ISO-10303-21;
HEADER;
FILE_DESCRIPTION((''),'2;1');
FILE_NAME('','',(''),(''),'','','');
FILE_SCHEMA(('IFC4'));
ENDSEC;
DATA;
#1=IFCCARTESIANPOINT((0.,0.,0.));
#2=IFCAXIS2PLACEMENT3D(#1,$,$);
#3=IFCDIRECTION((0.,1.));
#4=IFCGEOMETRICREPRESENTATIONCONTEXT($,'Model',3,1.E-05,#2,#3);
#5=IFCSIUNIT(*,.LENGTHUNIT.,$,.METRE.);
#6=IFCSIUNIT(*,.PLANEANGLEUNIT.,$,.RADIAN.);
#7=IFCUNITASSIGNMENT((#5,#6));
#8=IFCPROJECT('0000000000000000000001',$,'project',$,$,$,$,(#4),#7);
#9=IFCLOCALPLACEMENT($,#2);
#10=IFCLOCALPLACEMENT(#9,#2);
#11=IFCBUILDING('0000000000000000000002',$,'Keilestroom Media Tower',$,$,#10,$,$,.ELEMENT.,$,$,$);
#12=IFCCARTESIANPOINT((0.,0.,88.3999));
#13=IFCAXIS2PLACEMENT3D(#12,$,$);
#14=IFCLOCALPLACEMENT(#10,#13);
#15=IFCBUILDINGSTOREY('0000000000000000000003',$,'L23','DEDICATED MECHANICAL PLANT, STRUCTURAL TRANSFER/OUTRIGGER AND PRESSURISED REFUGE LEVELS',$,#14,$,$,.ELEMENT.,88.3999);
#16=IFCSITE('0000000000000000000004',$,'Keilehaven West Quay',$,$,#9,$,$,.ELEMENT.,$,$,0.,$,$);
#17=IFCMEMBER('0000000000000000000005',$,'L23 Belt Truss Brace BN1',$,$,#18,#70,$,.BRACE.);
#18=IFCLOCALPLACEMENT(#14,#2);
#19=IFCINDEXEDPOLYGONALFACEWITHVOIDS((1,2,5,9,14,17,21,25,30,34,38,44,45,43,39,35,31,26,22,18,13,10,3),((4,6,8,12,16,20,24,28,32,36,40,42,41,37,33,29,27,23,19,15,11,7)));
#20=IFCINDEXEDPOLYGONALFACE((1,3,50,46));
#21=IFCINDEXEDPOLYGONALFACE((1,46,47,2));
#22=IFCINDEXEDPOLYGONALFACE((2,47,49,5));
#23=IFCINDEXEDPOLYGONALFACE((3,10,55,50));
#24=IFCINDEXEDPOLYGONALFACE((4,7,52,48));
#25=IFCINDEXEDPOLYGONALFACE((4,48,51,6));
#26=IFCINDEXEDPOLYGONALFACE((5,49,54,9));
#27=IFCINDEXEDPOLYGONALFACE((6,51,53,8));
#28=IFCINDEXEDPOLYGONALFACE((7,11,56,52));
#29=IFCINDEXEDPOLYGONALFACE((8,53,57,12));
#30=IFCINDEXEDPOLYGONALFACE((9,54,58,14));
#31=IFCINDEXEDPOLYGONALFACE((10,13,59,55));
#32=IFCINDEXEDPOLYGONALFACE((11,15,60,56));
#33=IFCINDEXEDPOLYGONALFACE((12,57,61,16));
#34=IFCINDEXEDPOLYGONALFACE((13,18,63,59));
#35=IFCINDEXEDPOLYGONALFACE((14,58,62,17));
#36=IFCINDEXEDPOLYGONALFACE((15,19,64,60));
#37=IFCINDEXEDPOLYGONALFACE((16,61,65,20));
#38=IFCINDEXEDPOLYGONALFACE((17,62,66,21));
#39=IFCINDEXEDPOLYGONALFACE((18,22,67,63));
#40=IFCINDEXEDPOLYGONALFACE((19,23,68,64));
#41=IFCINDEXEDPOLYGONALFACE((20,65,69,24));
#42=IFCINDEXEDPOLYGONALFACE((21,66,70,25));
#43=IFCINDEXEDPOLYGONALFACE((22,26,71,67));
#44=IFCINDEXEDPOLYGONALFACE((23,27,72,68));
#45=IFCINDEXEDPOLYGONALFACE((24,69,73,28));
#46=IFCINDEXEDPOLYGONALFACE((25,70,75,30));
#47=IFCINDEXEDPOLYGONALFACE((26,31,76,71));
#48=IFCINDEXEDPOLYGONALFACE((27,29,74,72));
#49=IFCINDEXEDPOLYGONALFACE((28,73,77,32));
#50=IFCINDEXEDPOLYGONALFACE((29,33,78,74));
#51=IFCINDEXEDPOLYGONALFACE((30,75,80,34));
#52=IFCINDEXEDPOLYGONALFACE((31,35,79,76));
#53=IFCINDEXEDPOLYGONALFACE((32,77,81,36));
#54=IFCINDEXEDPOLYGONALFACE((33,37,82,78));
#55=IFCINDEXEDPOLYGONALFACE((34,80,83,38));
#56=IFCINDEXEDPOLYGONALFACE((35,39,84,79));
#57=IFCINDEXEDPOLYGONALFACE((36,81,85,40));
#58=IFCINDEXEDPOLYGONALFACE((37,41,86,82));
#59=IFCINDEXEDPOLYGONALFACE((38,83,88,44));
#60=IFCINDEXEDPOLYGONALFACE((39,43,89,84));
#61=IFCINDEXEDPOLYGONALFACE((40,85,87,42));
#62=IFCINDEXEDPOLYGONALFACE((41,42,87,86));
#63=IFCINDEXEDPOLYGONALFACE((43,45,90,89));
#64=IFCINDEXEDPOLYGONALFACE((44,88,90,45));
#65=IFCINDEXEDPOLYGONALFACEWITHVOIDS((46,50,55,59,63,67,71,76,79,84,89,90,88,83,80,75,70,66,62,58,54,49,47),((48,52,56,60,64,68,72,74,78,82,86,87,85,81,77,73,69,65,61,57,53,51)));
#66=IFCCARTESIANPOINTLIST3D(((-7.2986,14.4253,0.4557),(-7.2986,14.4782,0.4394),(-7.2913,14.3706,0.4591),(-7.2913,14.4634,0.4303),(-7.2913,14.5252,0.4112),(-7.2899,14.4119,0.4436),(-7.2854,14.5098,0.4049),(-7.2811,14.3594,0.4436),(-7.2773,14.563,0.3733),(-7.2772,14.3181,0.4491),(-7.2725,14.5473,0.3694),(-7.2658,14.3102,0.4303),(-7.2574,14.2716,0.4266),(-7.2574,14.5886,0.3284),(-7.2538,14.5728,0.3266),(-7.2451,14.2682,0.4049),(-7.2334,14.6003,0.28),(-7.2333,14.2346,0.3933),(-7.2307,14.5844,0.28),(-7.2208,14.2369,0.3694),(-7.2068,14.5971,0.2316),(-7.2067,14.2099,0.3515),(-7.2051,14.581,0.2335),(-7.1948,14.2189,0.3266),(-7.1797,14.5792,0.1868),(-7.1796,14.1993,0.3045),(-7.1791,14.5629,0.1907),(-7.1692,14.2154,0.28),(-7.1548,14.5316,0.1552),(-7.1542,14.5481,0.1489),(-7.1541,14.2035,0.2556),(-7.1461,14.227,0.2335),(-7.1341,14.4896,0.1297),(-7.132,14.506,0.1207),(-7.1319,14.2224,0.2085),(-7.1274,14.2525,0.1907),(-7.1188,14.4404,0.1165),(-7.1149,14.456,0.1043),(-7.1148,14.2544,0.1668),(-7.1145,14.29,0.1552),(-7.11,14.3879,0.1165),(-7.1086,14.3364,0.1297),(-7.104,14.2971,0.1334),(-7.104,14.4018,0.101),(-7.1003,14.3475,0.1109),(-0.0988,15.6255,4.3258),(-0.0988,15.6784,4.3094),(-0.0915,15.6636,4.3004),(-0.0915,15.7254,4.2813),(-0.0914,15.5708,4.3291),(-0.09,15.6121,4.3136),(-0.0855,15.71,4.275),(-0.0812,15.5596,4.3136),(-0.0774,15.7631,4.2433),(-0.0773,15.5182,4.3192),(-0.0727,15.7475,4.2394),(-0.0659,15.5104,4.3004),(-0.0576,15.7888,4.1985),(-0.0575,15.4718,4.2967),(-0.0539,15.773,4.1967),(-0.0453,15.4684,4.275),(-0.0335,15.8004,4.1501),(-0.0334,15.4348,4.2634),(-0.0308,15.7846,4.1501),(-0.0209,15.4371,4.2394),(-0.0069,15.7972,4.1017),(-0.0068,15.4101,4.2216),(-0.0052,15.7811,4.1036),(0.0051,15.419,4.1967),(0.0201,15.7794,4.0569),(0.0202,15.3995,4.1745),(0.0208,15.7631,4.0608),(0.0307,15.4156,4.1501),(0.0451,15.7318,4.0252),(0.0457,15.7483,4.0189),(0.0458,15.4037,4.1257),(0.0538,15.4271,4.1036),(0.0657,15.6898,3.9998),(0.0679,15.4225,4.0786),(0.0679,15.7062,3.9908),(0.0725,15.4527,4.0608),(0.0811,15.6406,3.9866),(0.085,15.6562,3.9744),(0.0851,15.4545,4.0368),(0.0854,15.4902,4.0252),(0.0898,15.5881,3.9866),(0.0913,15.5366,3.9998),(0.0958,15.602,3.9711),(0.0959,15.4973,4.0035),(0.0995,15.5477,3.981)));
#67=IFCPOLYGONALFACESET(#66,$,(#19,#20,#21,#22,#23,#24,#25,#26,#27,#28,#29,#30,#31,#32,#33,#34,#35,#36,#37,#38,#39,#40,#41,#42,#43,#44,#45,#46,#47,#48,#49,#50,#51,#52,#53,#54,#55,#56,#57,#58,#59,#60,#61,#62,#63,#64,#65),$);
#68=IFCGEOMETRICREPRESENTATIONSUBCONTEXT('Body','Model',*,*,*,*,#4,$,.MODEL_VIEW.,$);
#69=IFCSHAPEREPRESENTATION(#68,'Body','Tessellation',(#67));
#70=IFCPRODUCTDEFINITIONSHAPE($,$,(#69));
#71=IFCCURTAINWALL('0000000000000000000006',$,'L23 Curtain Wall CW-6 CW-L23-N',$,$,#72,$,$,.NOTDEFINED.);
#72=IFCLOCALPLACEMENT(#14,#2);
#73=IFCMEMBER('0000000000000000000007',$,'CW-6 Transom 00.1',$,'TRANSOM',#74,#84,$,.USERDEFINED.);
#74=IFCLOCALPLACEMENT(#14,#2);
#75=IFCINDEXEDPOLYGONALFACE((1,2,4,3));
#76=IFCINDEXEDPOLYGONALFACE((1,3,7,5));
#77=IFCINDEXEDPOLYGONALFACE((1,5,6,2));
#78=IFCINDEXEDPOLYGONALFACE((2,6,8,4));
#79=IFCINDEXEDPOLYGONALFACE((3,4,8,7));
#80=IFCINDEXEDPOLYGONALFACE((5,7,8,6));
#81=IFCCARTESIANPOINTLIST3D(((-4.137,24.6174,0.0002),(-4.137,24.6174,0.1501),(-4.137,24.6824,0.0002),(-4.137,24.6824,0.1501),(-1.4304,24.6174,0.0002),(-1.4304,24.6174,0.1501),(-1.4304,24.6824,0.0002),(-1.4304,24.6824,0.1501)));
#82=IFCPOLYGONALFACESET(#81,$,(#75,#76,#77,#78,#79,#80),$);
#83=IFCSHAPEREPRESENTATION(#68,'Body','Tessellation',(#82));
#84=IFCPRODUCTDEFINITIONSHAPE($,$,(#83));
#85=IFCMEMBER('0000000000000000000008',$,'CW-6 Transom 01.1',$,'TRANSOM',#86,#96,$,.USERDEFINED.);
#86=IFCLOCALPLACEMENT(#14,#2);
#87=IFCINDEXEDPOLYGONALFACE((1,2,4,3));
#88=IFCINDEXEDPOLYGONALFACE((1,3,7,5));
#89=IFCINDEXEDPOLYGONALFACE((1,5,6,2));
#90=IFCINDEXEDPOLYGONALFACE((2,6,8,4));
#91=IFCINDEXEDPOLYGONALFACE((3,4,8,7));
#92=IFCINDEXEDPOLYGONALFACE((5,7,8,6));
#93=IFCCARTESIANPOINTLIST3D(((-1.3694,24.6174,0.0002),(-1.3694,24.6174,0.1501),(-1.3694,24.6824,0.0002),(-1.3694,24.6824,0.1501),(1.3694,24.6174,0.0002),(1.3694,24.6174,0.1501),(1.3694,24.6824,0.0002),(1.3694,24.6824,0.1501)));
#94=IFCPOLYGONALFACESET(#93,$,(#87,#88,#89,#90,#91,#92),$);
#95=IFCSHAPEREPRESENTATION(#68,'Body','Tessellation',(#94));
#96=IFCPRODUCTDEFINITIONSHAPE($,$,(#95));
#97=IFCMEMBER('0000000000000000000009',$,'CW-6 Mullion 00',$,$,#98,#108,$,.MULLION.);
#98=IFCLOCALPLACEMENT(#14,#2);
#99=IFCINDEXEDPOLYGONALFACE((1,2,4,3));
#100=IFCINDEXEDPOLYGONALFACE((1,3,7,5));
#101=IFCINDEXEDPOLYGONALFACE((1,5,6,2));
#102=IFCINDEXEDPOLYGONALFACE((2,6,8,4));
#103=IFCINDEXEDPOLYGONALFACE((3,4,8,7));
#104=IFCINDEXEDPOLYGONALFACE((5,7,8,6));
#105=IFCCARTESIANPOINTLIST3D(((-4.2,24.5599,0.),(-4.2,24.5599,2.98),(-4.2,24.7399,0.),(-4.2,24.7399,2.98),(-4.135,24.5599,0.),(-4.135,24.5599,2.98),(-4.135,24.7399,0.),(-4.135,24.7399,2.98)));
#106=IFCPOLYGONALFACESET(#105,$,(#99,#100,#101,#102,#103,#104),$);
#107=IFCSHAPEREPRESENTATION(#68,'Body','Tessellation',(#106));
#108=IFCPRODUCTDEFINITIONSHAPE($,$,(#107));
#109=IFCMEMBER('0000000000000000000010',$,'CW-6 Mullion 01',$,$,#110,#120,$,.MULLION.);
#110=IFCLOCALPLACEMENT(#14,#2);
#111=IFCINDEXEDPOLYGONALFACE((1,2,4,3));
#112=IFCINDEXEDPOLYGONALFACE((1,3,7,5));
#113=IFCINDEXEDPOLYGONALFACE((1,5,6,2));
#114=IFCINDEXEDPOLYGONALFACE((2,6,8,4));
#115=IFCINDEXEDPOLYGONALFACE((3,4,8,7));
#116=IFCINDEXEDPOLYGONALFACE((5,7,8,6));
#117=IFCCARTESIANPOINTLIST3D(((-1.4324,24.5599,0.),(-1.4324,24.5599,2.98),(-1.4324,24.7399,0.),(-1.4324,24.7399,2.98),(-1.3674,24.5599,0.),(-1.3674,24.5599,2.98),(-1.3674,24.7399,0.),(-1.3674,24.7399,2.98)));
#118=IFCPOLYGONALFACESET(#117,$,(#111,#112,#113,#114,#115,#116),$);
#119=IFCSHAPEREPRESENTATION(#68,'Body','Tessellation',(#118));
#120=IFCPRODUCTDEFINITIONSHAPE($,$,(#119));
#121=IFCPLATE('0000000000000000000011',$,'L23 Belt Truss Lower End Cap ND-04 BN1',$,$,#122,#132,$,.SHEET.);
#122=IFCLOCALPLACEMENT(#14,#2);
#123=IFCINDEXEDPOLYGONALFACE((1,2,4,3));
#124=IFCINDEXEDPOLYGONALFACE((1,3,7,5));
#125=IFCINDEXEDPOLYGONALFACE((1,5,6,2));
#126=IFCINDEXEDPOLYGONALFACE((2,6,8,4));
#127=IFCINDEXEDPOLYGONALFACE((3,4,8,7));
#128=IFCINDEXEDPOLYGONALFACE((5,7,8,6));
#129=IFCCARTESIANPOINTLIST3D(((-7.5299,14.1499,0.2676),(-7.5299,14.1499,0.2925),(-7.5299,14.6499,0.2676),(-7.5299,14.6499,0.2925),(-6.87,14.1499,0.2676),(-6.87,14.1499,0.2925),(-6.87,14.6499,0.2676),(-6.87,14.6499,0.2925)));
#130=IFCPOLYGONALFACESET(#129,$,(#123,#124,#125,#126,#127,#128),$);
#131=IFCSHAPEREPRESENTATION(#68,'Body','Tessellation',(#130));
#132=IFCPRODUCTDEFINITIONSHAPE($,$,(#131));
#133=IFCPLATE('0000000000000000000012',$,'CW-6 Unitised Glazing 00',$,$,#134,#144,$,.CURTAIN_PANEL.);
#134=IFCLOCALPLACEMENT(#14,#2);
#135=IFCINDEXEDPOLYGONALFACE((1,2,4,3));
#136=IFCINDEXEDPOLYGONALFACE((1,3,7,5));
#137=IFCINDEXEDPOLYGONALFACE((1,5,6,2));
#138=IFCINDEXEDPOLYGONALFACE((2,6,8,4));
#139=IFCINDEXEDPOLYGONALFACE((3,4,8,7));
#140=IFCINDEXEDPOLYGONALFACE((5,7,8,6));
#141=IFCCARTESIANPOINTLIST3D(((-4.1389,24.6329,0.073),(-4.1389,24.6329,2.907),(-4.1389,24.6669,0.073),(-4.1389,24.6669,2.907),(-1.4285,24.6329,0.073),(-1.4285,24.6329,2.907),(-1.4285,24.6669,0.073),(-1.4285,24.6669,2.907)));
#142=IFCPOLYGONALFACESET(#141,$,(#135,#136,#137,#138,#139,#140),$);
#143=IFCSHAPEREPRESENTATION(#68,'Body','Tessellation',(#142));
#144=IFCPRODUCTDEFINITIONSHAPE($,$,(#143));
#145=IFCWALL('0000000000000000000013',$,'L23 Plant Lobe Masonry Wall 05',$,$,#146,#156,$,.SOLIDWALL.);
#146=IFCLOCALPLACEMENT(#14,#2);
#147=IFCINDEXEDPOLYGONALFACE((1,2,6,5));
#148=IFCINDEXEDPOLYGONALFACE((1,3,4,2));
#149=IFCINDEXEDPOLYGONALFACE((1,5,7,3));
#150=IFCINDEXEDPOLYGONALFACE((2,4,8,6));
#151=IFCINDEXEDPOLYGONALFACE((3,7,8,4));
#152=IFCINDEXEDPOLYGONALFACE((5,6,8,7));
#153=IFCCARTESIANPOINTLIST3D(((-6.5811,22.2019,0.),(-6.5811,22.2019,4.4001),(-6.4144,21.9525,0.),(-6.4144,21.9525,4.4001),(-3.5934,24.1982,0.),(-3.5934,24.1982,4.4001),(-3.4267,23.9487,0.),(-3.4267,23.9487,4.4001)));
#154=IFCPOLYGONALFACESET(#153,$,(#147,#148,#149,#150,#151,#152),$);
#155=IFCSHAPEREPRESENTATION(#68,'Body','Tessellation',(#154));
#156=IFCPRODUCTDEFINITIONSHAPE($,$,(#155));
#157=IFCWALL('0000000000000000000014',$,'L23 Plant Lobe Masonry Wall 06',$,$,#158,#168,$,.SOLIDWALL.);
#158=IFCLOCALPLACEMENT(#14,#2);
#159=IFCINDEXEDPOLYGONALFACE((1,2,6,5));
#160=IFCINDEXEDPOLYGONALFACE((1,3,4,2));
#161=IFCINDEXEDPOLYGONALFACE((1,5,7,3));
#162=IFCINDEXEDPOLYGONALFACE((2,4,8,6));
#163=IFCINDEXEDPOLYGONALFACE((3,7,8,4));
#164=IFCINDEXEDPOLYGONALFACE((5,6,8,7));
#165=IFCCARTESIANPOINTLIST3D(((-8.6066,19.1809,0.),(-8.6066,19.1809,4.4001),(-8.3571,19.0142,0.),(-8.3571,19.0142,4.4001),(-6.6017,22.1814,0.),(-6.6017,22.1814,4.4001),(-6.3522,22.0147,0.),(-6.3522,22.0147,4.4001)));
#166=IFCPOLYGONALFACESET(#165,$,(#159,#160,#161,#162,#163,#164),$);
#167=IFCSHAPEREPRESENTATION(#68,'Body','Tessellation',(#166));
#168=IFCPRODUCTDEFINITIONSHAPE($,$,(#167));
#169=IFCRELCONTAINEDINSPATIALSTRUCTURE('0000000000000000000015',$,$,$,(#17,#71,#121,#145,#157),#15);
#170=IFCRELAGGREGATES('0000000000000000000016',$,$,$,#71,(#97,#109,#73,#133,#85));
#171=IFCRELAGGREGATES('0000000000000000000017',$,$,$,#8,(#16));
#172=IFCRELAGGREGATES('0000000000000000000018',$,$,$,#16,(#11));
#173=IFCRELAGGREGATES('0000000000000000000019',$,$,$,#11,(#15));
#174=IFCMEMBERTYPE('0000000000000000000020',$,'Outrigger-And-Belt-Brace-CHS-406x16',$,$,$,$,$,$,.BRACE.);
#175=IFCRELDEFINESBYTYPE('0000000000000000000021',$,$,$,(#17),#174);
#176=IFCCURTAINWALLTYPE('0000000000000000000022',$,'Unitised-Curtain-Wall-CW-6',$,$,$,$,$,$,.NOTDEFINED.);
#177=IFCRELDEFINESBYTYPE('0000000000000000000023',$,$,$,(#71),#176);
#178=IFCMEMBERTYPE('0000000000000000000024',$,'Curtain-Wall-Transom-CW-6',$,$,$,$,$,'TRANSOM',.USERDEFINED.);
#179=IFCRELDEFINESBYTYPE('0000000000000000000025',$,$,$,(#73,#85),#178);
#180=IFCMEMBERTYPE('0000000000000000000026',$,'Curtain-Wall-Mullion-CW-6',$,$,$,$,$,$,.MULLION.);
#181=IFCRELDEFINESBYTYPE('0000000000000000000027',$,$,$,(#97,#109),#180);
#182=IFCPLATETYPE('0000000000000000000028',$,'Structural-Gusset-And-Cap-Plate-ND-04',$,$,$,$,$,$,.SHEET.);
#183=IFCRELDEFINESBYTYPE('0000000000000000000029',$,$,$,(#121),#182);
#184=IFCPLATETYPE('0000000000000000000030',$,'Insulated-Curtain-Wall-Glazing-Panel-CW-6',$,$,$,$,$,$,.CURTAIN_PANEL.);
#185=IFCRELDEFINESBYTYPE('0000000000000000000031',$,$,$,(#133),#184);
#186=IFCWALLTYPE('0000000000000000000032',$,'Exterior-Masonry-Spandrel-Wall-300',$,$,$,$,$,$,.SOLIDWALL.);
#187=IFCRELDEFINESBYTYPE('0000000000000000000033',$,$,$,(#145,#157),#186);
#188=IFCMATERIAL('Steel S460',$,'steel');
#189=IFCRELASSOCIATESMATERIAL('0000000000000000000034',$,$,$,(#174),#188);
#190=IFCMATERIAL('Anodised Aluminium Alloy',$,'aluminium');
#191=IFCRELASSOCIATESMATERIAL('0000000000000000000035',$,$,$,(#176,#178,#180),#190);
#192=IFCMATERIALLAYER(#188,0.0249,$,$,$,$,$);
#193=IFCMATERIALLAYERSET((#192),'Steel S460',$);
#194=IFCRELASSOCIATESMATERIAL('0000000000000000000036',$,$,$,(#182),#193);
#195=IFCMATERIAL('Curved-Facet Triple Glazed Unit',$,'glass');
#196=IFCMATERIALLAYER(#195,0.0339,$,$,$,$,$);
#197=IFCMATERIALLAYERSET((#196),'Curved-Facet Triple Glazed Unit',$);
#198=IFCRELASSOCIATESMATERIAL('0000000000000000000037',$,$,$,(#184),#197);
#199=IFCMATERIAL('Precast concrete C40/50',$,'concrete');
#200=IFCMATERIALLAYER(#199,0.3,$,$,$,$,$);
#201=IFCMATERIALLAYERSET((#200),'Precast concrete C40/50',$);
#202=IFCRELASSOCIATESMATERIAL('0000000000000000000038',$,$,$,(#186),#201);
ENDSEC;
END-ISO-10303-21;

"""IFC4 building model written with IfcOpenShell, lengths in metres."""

from ifc_helpers import new_model, si_unit, direction, frame, frame_2d, origin, origin_2d, place, context, subcontext, project, spatial, rectangle, hollow_circle, extrude, source, transform, mapped, material, layer, layer_set, material_profile, profile_set, type_object, element, aggregate, save


model = new_model("IFC4")

# Units and contexts
model_context = context("Model", 3, precision=1e-05, world=origin(), true_north=direction((0.0, 1.0)))
body_context = subcontext(model_context, "Body", "Model", "MODEL_VIEW")
ifc_project = project(units=[si_unit("LENGTHUNIT", "METRE"), si_unit("PLANEANGLEUNIT", "RADIAN")], contexts=[model_context])

# Site, building, storey
site_placement = place(None, origin())
site = spatial("IfcSite", under=ifc_project, at=site_placement, Name="Keilehaven West Quay", CompositionType="ELEMENT", RefElevation=0.0)
building_placement = place(site_placement, origin())
building = spatial("IfcBuilding", under=site, at=building_placement, Name="Keilestroom Media Tower", CompositionType="ELEMENT")
storey_placement = place(building_placement, frame((0.0, 0.0, 88.3999)))
storey = spatial("IfcBuildingStorey", under=building, at=storey_placement, Name="L23", Description="DEDICATED MECHANICAL PLANT, STRUCTURAL TRANSFER/OUTRIGGER AND PRESSURISED REFUGE LEVELS", CompositionType="ELEMENT", Elevation=88.3999)

# Shared definitions
ifc_material_1 = material(Name="Steel S460", Category="steel")

# Member
ifc_material_profile_1 = material_profile(ifc_material_1, hollow_circle(Radius=0.2031, WallThickness=0.0161, at=origin_2d()), Name="CHS 406.4x16")
ifc_profile_set_1 = profile_set([ifc_material_profile_1], Name="Steel S460")
member_type_1 = type_object("IfcMemberType", Name="Outrigger-And-Belt-Brace-CHS-406x16", PredefinedType="BRACE", material=ifc_profile_set_1)
shared_shape_1 = source(origin(), body_context, "Body", "SweptSolid", [
    extrude(hollow_circle(Radius=0.2031, WallThickness=0.0161, at=origin_2d()), origin(), (0.0, 0.0, 1.0), 8.2617),
])
member_1_placement = place(storey_placement, frame((-7.2, 14.3999, 0.28), z_axis=(0.871473, 0.14527, 0.468434), x_axis=(-0.164426, 0.986389, 0.0)))
element("IfcMember", 1, at=member_1_placement, inside=storey, type_object=member_type_1, Name="L23 Belt Truss Brace BN1", PredefinedType="BRACE", context=body_context, shape_type="MappedRepresentation", body=[
    mapped(shared_shape_1, transform((0.0, 0.0, 0.0), x_axis=(1.0, 0.0, 0.0), y_axis=(0.0, 1.0, 0.0), z_axis=(0.0, 0.0, 1.0), scale=1.0)),
])

# Curtain wall, members
ifc_material_2 = material(Name="Anodised Aluminium Alloy", Category="aluminium")
curtain_wall_type = type_object("IfcCurtainWallType", Name="Unitised-Curtain-Wall-CW-6", PredefinedType="NOTDEFINED", material=ifc_material_2)
curtain_wall_placement = place(storey_placement, origin())
curtain_wall = element("IfcCurtainWall", 2, at=curtain_wall_placement, inside=storey, type_object=curtain_wall_type, Name="L23 Curtain Wall CW-6 CW-L23-N", PredefinedType="NOTDEFINED")
ifc_material_profile_2 = material_profile(ifc_material_2, rectangle(XDim=0.0649, YDim=0.1499, at=origin_2d()), Name="ALU TRANSOM 65x150")
ifc_profile_set_2 = profile_set([ifc_material_profile_2], Name="Anodised Aluminium Alloy")
member_type_2 = type_object("IfcMemberType", Name="Curtain-Wall-Transom-CW-6", ElementType="TRANSOM", PredefinedType="USERDEFINED", material=ifc_profile_set_2)
shared_shape_2 = source(origin(), body_context, "Body", "SweptSolid", [
    extrude(rectangle(XDim=0.0649, YDim=0.1499, at=origin_2d()), origin(), (0.0, 0.0, 1.0), 2.7065),
])
member_2_placement = place(storey_placement, frame((-4.137, 24.6499, 0.0752), z_axis=(1.0, 0.0, 0.0), x_axis=(0.0, 1.0, 0.0)))
member_2 = element("IfcMember", 3, at=member_2_placement, type_object=member_type_2, Name="CW-6 Transom 00.1", ObjectType="TRANSOM", PredefinedType="USERDEFINED", context=body_context, shape_type="MappedRepresentation", body=[
    mapped(shared_shape_2, transform((0.0, 0.0, 0.0), x_axis=(1.0, 0.0, 0.0), y_axis=(0.0, 1.0, 0.0), z_axis=(0.0, 0.0, 1.0), scale=1.0)),
])
shared_shape_3 = source(origin(), body_context, "Body", "SweptSolid", [
    extrude(rectangle(XDim=0.0649, YDim=0.1499, at=origin_2d()), origin(), (0.0, 0.0, 1.0), 2.7388),
])
member_3_placement = place(storey_placement, frame((-1.3694, 24.6499, 0.0752), z_axis=(1.0, 0.0, 0.0), x_axis=(0.0, 1.0, 0.0)))
member_3 = element("IfcMember", 4, at=member_3_placement, type_object=member_type_2, Name="CW-6 Transom 01.1", ObjectType="TRANSOM", PredefinedType="USERDEFINED", context=body_context, shape_type="MappedRepresentation", body=[
    mapped(shared_shape_3, transform((0.0, 0.0, 0.0), x_axis=(1.0, 0.0, 0.0), y_axis=(0.0, 1.0, 0.0), z_axis=(0.0, 0.0, 1.0), scale=1.0)),
])
ifc_material_profile_3 = material_profile(ifc_material_2, rectangle(XDim=0.0649, YDim=0.1799, at=origin_2d()), Name="ALU MULLION 65x180")
ifc_profile_set_3 = profile_set([ifc_material_profile_3], Name="Anodised Aluminium Alloy")
member_type_3 = type_object("IfcMemberType", Name="Curtain-Wall-Mullion-CW-6", PredefinedType="MULLION", material=ifc_profile_set_3)
shared_shape_4 = source(origin(), body_context, "Body", "SweptSolid", [
    extrude(rectangle(XDim=0.0649, YDim=0.1799, at=origin_2d()), origin(), (0.0, 0.0, 1.0), 2.98),
])
member_4_placement = place(storey_placement, frame((-4.1675, 24.6499, 0.0), z_axis=(0.0, 0.0, 1.0), x_axis=(1.0, 0.0, 0.0)))
member_4 = element("IfcMember", 5, at=member_4_placement, type_object=member_type_3, Name="CW-6 Mullion 00", PredefinedType="MULLION", context=body_context, shape_type="MappedRepresentation", body=[
    mapped(shared_shape_4, transform((0.0, 0.0, 0.0), x_axis=(1.0, 0.0, 0.0), y_axis=(0.0, 1.0, 0.0), z_axis=(0.0, 0.0, 1.0), scale=1.0)),
])
member_5_placement = place(storey_placement, frame((-1.3999, 24.6499, 0.0), z_axis=(0.0, 0.0, 1.0), x_axis=(1.0, 0.0, 0.0)))
member_5 = element("IfcMember", 6, at=member_5_placement, type_object=member_type_3, Name="CW-6 Mullion 01", PredefinedType="MULLION", context=body_context, shape_type="MappedRepresentation", body=[
    mapped(shared_shape_4, transform((0.0, 0.0, 0.0), x_axis=(1.0, 0.0, 0.0), y_axis=(0.0, 1.0, 0.0), z_axis=(0.0, 0.0, 1.0), scale=1.0)),
])

# Plates
ifc_layer_1 = layer(ifc_material_1, 0.0249)
ifc_layer_set_1 = layer_set([ifc_layer_1], Name="Steel S460")
plate_type_1 = type_object("IfcPlateType", Name="Structural-Gusset-And-Cap-Plate-ND-04", PredefinedType="SHEET", material=ifc_layer_set_1)
shared_shape_5 = source(origin(), body_context, "Body", "SweptSolid", [
    extrude(rectangle(XDim=0.6599, YDim=0.5, at=origin_2d()), origin(), (0.0, 0.0, 1.0), 0.0249),
])
plate_1_placement = place(storey_placement, frame((-7.2, 14.3999, 0.2676), z_axis=(0.0, 0.0, 1.0), x_axis=(1.0, 0.0, 0.0)))
element("IfcPlate", 7, at=plate_1_placement, inside=storey, type_object=plate_type_1, Name="L23 Belt Truss Lower End Cap ND-04 BN1", PredefinedType="SHEET", context=body_context, shape_type="MappedRepresentation", body=[
    mapped(shared_shape_5, transform((0.0, 0.0, 0.0), x_axis=(1.0, 0.0, 0.0), y_axis=(0.0, 1.0, 0.0), z_axis=(0.0, 0.0, 1.0), scale=1.0)),
])
ifc_material_3 = material(Name="Curved-Facet Triple Glazed Unit", Category="glass")
ifc_layer_2 = layer(ifc_material_3, 0.0339)
ifc_layer_set_2 = layer_set([ifc_layer_2], Name="Curved-Facet Triple Glazed Unit")
plate_type_2 = type_object("IfcPlateType", Name="Insulated-Curtain-Wall-Glazing-Panel-CW-6", PredefinedType="CURTAIN_PANEL", material=ifc_layer_set_2)
shared_shape_6 = source(origin(), body_context, "Body", "SweptSolid", [
    extrude(rectangle(XDim=2.7104, YDim=0.0339, at=origin_2d()), origin(), (0.0, 0.0, 1.0), 2.834),
])
plate_2_placement = place(storey_placement, frame((-2.7837, 24.6499, 0.073), z_axis=(0.0, 0.0, 1.0), x_axis=(1.0, 0.0, 0.0)))
plate_2 = element("IfcPlate", 8, at=plate_2_placement, type_object=plate_type_2, Name="CW-6 Unitised Glazing 00", PredefinedType="CURTAIN_PANEL", context=body_context, shape_type="MappedRepresentation", body=[
    mapped(shared_shape_6, transform((0.0, 0.0, 0.0), x_axis=(1.0, 0.0, 0.0), y_axis=(0.0, 1.0, 0.0), z_axis=(0.0, 0.0, 1.0), scale=1.0)),
])
aggregate(curtain_wall, [member_4, member_5, member_2, plate_2, member_3])

# Walls
ifc_material_4 = material(Name="Precast concrete C40/50", Category="concrete")
ifc_layer_3 = layer(ifc_material_4, 0.3)
ifc_layer_set_3 = layer_set([ifc_layer_3], Name="Precast concrete C40/50")
wall_type_1 = type_object("IfcWallType", Name="Exterior-Masonry-Spandrel-Wall-300", PredefinedType="SOLIDWALL", material=ifc_layer_set_3)
wall_1_placement = place(storey_placement, frame((-3.51, 24.0735, 0.0), z_axis=(0.0, 0.0, 1.0), x_axis=(-0.831475, -0.555562, 0.0)))
element("IfcWall", 9, at=wall_1_placement, inside=storey, type_object=wall_type_1, Name="L23 Plant Lobe Masonry Wall 05", PredefinedType="SOLIDWALL", context=body_context, shape_type="SweptSolid", body=[
    extrude(rectangle(XDim=3.5933, YDim=0.3, at=frame_2d((1.7966, 0.0))), origin(), (0.0, 0.0, 1.0), 4.4001),
])
for number, where, z_axis, x_axis, name in (
    (10, (-6.4771, 22.0979, 0.0), (0.0, 0.0, 1.0), (-0.555574, -0.831467, 0.0), "L23 Plant Lobe Masonry Wall 06"),
):
    element("IfcWall", number, at=place(storey_placement, frame(where, z_axis=z_axis, x_axis=x_axis)), inside=storey, type_object=wall_type_1, Name=name, PredefinedType="SOLIDWALL", context=body_context, shape_type="SweptSolid", body=[
        extrude(rectangle(XDim=3.6086, YDim=0.3, at=frame_2d((1.8042, 0.0))), origin(), (0.0, 0.0, 1.0), 4.4001),
    ])

save(model, "model.ifc")
